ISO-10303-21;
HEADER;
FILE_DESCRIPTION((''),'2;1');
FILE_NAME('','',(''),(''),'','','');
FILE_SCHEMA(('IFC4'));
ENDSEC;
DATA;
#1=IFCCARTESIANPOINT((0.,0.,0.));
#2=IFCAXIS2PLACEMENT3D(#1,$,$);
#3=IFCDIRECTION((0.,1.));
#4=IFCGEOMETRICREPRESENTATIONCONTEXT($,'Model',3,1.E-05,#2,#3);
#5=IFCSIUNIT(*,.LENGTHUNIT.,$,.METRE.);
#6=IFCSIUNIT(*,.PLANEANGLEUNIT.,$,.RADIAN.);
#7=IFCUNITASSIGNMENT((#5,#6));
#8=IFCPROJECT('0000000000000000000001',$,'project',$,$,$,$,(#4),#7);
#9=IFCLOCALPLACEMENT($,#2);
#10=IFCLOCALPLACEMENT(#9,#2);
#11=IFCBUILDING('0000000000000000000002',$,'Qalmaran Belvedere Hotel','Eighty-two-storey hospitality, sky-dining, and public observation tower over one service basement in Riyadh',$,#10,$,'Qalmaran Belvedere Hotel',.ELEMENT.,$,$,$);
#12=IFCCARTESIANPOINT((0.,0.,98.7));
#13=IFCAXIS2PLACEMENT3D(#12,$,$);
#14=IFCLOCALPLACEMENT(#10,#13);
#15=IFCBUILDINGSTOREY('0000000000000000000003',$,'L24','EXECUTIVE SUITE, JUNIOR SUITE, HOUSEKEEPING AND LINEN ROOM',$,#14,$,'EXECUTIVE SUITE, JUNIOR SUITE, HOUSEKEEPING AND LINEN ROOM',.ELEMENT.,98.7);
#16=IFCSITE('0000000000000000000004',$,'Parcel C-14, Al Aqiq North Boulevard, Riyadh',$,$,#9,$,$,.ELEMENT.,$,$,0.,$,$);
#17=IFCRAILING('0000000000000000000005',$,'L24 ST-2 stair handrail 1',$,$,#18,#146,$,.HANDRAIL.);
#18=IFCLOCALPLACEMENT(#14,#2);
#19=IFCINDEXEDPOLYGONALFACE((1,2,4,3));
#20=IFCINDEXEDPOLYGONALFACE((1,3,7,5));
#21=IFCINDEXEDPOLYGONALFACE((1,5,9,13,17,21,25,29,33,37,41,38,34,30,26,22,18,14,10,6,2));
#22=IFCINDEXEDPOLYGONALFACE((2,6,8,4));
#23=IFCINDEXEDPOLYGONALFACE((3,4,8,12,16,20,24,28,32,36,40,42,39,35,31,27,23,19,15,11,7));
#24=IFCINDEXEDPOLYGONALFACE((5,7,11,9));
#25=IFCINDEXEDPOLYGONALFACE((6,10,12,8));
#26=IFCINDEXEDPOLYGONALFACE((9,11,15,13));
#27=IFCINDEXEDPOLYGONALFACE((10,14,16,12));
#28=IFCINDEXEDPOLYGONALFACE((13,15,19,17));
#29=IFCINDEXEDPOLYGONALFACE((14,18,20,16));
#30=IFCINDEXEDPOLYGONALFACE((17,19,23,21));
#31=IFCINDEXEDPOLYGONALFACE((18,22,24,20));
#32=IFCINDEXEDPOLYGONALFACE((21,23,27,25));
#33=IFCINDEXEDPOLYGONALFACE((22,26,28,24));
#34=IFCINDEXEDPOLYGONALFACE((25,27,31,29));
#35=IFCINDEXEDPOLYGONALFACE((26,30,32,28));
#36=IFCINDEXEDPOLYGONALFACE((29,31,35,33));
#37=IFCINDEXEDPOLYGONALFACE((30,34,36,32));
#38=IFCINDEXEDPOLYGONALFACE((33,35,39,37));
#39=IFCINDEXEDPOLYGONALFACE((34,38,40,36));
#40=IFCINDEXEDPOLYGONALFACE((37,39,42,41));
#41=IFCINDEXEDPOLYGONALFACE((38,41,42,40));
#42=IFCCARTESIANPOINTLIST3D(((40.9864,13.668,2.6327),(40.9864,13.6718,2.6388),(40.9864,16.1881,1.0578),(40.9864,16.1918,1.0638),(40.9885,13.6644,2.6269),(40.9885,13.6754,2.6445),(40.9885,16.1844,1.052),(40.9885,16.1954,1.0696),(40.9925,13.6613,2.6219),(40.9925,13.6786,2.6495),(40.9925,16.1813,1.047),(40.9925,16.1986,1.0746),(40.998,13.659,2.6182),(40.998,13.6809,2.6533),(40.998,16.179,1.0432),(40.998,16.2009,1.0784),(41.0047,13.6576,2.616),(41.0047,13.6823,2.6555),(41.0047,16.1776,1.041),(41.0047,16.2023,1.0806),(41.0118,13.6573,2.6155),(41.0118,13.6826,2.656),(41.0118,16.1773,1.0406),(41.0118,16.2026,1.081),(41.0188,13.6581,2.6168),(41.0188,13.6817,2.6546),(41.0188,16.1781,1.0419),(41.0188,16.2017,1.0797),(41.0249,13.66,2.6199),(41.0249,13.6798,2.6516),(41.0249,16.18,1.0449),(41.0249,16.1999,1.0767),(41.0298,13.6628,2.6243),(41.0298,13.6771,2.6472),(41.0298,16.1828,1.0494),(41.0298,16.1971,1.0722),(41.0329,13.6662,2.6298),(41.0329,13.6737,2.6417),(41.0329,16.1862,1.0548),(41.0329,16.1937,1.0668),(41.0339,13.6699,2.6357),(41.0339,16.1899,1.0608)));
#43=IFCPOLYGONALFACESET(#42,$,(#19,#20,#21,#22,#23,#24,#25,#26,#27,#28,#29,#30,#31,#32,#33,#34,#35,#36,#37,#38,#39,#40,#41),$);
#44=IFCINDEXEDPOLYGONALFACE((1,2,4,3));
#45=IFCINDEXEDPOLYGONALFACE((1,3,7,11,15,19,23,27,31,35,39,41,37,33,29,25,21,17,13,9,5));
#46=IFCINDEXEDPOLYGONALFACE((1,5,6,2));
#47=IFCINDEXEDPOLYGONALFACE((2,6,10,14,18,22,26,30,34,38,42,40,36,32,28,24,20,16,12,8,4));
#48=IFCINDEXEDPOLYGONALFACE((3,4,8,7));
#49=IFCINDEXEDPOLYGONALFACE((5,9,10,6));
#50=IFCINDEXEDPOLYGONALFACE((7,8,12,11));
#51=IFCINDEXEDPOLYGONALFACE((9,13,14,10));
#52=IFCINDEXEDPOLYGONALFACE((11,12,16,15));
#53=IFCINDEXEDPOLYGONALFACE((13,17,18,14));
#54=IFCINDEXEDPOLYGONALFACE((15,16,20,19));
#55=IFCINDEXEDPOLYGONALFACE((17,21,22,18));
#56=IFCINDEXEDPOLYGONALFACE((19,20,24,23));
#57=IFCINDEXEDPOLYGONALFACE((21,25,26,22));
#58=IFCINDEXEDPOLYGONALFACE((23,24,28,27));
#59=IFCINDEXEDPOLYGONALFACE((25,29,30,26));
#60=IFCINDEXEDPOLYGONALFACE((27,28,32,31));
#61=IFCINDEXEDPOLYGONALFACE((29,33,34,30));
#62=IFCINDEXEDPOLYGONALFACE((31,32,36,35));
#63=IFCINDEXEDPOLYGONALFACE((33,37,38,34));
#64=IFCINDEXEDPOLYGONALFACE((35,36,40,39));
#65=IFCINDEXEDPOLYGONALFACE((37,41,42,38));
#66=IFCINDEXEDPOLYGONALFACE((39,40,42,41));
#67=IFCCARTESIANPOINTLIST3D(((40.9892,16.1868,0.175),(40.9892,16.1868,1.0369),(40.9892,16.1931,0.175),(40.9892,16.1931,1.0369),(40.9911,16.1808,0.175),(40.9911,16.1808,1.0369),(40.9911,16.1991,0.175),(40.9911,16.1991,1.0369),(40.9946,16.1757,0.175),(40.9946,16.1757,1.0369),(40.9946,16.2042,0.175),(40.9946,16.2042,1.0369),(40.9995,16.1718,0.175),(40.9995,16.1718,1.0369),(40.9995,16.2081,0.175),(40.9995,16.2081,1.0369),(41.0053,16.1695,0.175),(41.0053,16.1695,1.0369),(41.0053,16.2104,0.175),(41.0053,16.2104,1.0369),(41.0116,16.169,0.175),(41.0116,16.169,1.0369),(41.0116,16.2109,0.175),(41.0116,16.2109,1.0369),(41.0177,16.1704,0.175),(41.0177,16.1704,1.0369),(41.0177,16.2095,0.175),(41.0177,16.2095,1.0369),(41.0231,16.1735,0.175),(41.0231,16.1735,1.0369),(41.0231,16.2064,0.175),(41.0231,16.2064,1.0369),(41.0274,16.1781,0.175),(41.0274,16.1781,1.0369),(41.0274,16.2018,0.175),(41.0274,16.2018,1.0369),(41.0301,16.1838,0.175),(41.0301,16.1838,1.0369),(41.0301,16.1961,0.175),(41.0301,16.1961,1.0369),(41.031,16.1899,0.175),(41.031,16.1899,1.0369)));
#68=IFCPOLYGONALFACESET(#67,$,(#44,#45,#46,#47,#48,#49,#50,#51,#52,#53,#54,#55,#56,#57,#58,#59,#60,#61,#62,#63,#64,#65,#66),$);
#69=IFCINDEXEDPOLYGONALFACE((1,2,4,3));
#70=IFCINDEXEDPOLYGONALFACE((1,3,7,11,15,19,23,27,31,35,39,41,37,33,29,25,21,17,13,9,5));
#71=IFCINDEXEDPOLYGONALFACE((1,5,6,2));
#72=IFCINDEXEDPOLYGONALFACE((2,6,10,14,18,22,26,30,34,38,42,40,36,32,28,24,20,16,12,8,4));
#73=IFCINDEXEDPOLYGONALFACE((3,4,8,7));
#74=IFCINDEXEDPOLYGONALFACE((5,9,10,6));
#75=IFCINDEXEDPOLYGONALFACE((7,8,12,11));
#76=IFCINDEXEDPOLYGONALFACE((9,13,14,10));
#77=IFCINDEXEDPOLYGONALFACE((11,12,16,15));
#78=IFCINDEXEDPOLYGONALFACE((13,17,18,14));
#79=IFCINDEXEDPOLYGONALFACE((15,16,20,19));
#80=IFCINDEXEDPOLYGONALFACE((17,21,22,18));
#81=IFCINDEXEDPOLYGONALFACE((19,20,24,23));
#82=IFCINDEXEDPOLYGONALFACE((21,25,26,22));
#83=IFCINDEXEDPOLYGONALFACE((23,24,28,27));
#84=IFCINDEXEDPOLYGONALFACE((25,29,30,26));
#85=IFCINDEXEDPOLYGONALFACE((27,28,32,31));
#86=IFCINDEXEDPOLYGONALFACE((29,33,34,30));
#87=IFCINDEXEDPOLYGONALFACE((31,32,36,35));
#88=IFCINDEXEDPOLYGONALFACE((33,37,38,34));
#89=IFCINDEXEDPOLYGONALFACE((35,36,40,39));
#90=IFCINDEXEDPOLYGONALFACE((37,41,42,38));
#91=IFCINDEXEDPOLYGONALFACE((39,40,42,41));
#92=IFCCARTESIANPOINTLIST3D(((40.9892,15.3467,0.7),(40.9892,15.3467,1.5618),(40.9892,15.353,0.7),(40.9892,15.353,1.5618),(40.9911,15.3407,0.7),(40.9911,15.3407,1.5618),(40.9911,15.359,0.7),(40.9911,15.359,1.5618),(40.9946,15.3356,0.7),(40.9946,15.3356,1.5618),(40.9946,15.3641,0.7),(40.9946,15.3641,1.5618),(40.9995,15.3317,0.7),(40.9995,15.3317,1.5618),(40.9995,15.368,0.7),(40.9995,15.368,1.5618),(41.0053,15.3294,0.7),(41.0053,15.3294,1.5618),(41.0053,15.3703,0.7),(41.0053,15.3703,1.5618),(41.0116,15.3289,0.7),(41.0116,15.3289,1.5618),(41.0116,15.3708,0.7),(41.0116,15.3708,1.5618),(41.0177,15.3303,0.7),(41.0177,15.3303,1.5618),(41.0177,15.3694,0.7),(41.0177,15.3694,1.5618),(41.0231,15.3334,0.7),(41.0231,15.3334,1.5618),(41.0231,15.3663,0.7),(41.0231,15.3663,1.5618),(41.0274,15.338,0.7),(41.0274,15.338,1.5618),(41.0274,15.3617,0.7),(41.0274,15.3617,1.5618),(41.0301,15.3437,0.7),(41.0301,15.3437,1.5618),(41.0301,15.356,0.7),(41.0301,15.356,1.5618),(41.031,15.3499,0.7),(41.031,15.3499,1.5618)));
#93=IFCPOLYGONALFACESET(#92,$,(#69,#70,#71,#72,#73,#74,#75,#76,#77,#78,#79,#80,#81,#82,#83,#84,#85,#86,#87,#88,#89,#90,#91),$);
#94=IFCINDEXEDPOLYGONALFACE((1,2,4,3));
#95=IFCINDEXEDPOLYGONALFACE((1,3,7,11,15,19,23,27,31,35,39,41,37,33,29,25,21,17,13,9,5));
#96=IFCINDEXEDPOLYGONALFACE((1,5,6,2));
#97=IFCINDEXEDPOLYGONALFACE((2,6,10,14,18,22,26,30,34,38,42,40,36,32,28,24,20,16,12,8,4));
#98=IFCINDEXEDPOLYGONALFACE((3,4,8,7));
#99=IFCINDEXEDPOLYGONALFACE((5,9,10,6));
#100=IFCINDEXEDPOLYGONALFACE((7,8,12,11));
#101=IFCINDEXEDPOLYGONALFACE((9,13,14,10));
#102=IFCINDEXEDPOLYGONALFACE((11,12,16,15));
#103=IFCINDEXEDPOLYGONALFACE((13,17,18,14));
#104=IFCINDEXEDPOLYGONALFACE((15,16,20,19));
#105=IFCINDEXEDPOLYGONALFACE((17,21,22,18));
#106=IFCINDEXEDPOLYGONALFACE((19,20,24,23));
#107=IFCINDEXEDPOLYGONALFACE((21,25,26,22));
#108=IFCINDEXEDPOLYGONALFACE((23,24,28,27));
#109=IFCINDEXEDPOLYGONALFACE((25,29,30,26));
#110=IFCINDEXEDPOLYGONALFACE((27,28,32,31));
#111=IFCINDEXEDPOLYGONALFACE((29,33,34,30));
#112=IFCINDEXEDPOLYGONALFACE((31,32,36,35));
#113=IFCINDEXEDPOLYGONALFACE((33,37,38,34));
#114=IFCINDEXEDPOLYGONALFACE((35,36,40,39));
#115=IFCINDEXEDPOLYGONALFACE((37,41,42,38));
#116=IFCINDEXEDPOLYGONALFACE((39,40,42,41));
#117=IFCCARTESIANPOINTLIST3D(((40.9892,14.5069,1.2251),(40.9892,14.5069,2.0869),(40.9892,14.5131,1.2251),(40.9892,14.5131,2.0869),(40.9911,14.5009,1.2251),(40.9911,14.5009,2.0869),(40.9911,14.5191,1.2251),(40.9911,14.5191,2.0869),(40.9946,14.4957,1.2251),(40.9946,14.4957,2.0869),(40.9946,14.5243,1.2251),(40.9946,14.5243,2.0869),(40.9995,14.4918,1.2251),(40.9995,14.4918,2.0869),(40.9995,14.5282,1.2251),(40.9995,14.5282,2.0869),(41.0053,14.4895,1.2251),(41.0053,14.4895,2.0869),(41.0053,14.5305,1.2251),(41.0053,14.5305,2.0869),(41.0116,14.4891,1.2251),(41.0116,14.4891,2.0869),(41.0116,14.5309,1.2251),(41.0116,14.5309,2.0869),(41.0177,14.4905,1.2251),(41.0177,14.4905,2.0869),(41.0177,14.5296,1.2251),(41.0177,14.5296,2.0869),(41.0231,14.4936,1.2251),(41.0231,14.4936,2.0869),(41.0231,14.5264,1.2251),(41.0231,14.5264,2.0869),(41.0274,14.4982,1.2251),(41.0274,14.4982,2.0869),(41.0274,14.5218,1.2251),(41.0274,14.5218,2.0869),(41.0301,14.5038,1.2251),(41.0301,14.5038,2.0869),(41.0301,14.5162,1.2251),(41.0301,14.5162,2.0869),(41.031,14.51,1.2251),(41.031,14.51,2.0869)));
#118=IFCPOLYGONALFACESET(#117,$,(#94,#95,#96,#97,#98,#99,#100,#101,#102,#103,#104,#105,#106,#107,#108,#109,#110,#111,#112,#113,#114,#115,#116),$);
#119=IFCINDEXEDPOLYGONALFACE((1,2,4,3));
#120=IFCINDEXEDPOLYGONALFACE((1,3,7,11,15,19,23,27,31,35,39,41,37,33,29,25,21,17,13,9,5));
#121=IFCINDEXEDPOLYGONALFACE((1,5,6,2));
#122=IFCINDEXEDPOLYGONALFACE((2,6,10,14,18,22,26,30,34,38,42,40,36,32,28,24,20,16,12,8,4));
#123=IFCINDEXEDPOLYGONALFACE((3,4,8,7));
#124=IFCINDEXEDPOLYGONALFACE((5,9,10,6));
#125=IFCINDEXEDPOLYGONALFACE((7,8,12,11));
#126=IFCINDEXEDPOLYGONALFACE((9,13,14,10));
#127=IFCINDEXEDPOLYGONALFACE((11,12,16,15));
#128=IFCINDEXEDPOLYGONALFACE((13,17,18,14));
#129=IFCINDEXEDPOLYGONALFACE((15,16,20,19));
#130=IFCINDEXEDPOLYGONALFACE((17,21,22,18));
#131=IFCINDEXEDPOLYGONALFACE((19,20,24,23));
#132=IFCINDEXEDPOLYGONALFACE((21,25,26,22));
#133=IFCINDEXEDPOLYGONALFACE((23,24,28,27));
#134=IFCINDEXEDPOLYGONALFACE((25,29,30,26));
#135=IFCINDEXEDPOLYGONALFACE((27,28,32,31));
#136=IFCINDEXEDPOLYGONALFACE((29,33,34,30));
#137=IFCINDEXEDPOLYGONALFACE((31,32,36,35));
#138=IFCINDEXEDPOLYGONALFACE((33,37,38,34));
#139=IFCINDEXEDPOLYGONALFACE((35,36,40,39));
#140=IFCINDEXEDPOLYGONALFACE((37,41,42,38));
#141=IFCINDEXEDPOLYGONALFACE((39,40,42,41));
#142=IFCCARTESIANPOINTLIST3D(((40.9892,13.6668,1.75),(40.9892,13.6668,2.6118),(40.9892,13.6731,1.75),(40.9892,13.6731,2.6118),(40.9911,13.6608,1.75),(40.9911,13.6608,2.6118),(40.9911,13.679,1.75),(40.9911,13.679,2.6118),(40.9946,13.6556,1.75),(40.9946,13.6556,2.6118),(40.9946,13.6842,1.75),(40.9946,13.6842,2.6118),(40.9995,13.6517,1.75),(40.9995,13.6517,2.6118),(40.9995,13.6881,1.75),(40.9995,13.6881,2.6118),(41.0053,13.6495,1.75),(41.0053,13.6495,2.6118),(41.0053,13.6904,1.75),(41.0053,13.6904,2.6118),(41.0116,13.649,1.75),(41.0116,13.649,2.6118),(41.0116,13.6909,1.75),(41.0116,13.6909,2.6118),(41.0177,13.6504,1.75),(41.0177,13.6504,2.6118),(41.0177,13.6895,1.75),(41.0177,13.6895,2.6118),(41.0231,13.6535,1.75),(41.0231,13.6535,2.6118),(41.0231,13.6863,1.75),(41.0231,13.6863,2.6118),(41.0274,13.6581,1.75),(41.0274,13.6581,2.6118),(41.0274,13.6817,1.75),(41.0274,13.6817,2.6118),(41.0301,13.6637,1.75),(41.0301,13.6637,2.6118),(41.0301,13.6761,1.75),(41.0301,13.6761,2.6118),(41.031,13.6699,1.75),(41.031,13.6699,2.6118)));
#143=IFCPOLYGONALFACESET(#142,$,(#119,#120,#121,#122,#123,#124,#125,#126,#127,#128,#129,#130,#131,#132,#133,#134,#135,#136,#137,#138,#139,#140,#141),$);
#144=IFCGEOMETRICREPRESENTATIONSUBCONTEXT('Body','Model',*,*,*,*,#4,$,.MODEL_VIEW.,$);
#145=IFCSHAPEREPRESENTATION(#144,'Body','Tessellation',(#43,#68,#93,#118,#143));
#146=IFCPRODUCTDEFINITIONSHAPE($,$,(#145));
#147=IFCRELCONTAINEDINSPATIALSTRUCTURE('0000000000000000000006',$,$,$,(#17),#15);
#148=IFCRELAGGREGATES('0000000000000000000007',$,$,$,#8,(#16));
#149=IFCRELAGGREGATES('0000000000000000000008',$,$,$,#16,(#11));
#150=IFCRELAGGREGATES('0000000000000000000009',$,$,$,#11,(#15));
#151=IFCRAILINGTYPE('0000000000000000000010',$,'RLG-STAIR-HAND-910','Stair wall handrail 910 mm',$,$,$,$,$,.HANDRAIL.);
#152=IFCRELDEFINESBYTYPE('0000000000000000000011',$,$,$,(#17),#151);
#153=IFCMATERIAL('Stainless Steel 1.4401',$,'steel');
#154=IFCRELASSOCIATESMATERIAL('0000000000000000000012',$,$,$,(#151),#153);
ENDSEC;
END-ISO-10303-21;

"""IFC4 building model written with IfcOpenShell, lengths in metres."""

from ifc_helpers import new_model, si_unit, direction, frame, origin, origin_2d, place, context, subcontext, project, spatial, circle, extrude, material, type_object, element, save


model = new_model("IFC4")

# Units and contexts
model_context = context("Model", 3, precision=1e-05, world=origin(), true_north=direction((0.0, 1.0)))
body_context = subcontext(model_context, "Body", "Model", "MODEL_VIEW")
ifc_project = project(units=[si_unit("LENGTHUNIT", "METRE"), si_unit("PLANEANGLEUNIT", "RADIAN")], contexts=[model_context])

# Site, building, storey
site_placement = place(None, origin())
site = spatial("IfcSite", under=ifc_project, at=site_placement, Name="Parcel C-14, Al Aqiq North Boulevard, Riyadh", CompositionType="ELEMENT", RefElevation=0.0)
building_placement = place(site_placement, origin())
building = spatial("IfcBuilding", under=site, at=building_placement, Name="Qalmaran Belvedere Hotel", Description="Eighty-two-storey hospitality, sky-dining, and public observation tower over one service basement in Riyadh", LongName="Qalmaran Belvedere Hotel", CompositionType="ELEMENT")
storey_placement = place(building_placement, frame((0.0, 0.0, 98.7)))
storey = spatial("IfcBuildingStorey", under=building, at=storey_placement, Name="L24", Description="EXECUTIVE SUITE, JUNIOR SUITE, HOUSEKEEPING AND LINEN ROOM", LongName="EXECUTIVE SUITE, JUNIOR SUITE, HOUSEKEEPING AND LINEN ROOM", CompositionType="ELEMENT", Elevation=98.7)

# Shared definitions
ifc_material_1 = material(Name="Stainless Steel 1.4401", Category="steel")

# Railing
railing_type_1 = type_object("IfcRailingType", Name="RLG-STAIR-HAND-910", Description="Stair wall handrail 910 mm", PredefinedType="HANDRAIL", material=ifc_material_1)
railing_1_placement = place(storey_placement, frame((41.01, 16.1899, 0.175)))
element("IfcRailing", 1, at=railing_1_placement, inside=storey, type_object=railing_type_1, Name="L24 ST-2 stair handrail 1", PredefinedType="HANDRAIL", context=body_context, shape_type="SweptSolid", body=[
    extrude(circle(Radius=0.0239, at=origin_2d()), frame((0.0, 0.0, 0.8857), z_axis=(0.0, -0.848008, 0.529984), x_axis=(1.0, 0.0, 0.0)), (0.0, 0.0, 1.0), 2.9717),
    extrude(circle(Radius=0.021, at=origin_2d()), origin(), (0.0, 0.0, 1.0), 0.8618),
    extrude(circle(Radius=0.021, at=origin_2d()), frame((0.0, -0.8401, 0.5249)), (0.0, 0.0, 1.0), 0.8618),
    extrude(circle(Radius=0.021, at=origin_2d()), frame((0.0, -1.6799, 1.05)), (0.0, 0.0, 1.0), 0.8618),
    extrude(circle(Radius=0.021, at=origin_2d()), frame((0.0, -2.52, 1.575)), (0.0, 0.0, 1.0), 0.8618),
])

save(model, "model.ifc")
